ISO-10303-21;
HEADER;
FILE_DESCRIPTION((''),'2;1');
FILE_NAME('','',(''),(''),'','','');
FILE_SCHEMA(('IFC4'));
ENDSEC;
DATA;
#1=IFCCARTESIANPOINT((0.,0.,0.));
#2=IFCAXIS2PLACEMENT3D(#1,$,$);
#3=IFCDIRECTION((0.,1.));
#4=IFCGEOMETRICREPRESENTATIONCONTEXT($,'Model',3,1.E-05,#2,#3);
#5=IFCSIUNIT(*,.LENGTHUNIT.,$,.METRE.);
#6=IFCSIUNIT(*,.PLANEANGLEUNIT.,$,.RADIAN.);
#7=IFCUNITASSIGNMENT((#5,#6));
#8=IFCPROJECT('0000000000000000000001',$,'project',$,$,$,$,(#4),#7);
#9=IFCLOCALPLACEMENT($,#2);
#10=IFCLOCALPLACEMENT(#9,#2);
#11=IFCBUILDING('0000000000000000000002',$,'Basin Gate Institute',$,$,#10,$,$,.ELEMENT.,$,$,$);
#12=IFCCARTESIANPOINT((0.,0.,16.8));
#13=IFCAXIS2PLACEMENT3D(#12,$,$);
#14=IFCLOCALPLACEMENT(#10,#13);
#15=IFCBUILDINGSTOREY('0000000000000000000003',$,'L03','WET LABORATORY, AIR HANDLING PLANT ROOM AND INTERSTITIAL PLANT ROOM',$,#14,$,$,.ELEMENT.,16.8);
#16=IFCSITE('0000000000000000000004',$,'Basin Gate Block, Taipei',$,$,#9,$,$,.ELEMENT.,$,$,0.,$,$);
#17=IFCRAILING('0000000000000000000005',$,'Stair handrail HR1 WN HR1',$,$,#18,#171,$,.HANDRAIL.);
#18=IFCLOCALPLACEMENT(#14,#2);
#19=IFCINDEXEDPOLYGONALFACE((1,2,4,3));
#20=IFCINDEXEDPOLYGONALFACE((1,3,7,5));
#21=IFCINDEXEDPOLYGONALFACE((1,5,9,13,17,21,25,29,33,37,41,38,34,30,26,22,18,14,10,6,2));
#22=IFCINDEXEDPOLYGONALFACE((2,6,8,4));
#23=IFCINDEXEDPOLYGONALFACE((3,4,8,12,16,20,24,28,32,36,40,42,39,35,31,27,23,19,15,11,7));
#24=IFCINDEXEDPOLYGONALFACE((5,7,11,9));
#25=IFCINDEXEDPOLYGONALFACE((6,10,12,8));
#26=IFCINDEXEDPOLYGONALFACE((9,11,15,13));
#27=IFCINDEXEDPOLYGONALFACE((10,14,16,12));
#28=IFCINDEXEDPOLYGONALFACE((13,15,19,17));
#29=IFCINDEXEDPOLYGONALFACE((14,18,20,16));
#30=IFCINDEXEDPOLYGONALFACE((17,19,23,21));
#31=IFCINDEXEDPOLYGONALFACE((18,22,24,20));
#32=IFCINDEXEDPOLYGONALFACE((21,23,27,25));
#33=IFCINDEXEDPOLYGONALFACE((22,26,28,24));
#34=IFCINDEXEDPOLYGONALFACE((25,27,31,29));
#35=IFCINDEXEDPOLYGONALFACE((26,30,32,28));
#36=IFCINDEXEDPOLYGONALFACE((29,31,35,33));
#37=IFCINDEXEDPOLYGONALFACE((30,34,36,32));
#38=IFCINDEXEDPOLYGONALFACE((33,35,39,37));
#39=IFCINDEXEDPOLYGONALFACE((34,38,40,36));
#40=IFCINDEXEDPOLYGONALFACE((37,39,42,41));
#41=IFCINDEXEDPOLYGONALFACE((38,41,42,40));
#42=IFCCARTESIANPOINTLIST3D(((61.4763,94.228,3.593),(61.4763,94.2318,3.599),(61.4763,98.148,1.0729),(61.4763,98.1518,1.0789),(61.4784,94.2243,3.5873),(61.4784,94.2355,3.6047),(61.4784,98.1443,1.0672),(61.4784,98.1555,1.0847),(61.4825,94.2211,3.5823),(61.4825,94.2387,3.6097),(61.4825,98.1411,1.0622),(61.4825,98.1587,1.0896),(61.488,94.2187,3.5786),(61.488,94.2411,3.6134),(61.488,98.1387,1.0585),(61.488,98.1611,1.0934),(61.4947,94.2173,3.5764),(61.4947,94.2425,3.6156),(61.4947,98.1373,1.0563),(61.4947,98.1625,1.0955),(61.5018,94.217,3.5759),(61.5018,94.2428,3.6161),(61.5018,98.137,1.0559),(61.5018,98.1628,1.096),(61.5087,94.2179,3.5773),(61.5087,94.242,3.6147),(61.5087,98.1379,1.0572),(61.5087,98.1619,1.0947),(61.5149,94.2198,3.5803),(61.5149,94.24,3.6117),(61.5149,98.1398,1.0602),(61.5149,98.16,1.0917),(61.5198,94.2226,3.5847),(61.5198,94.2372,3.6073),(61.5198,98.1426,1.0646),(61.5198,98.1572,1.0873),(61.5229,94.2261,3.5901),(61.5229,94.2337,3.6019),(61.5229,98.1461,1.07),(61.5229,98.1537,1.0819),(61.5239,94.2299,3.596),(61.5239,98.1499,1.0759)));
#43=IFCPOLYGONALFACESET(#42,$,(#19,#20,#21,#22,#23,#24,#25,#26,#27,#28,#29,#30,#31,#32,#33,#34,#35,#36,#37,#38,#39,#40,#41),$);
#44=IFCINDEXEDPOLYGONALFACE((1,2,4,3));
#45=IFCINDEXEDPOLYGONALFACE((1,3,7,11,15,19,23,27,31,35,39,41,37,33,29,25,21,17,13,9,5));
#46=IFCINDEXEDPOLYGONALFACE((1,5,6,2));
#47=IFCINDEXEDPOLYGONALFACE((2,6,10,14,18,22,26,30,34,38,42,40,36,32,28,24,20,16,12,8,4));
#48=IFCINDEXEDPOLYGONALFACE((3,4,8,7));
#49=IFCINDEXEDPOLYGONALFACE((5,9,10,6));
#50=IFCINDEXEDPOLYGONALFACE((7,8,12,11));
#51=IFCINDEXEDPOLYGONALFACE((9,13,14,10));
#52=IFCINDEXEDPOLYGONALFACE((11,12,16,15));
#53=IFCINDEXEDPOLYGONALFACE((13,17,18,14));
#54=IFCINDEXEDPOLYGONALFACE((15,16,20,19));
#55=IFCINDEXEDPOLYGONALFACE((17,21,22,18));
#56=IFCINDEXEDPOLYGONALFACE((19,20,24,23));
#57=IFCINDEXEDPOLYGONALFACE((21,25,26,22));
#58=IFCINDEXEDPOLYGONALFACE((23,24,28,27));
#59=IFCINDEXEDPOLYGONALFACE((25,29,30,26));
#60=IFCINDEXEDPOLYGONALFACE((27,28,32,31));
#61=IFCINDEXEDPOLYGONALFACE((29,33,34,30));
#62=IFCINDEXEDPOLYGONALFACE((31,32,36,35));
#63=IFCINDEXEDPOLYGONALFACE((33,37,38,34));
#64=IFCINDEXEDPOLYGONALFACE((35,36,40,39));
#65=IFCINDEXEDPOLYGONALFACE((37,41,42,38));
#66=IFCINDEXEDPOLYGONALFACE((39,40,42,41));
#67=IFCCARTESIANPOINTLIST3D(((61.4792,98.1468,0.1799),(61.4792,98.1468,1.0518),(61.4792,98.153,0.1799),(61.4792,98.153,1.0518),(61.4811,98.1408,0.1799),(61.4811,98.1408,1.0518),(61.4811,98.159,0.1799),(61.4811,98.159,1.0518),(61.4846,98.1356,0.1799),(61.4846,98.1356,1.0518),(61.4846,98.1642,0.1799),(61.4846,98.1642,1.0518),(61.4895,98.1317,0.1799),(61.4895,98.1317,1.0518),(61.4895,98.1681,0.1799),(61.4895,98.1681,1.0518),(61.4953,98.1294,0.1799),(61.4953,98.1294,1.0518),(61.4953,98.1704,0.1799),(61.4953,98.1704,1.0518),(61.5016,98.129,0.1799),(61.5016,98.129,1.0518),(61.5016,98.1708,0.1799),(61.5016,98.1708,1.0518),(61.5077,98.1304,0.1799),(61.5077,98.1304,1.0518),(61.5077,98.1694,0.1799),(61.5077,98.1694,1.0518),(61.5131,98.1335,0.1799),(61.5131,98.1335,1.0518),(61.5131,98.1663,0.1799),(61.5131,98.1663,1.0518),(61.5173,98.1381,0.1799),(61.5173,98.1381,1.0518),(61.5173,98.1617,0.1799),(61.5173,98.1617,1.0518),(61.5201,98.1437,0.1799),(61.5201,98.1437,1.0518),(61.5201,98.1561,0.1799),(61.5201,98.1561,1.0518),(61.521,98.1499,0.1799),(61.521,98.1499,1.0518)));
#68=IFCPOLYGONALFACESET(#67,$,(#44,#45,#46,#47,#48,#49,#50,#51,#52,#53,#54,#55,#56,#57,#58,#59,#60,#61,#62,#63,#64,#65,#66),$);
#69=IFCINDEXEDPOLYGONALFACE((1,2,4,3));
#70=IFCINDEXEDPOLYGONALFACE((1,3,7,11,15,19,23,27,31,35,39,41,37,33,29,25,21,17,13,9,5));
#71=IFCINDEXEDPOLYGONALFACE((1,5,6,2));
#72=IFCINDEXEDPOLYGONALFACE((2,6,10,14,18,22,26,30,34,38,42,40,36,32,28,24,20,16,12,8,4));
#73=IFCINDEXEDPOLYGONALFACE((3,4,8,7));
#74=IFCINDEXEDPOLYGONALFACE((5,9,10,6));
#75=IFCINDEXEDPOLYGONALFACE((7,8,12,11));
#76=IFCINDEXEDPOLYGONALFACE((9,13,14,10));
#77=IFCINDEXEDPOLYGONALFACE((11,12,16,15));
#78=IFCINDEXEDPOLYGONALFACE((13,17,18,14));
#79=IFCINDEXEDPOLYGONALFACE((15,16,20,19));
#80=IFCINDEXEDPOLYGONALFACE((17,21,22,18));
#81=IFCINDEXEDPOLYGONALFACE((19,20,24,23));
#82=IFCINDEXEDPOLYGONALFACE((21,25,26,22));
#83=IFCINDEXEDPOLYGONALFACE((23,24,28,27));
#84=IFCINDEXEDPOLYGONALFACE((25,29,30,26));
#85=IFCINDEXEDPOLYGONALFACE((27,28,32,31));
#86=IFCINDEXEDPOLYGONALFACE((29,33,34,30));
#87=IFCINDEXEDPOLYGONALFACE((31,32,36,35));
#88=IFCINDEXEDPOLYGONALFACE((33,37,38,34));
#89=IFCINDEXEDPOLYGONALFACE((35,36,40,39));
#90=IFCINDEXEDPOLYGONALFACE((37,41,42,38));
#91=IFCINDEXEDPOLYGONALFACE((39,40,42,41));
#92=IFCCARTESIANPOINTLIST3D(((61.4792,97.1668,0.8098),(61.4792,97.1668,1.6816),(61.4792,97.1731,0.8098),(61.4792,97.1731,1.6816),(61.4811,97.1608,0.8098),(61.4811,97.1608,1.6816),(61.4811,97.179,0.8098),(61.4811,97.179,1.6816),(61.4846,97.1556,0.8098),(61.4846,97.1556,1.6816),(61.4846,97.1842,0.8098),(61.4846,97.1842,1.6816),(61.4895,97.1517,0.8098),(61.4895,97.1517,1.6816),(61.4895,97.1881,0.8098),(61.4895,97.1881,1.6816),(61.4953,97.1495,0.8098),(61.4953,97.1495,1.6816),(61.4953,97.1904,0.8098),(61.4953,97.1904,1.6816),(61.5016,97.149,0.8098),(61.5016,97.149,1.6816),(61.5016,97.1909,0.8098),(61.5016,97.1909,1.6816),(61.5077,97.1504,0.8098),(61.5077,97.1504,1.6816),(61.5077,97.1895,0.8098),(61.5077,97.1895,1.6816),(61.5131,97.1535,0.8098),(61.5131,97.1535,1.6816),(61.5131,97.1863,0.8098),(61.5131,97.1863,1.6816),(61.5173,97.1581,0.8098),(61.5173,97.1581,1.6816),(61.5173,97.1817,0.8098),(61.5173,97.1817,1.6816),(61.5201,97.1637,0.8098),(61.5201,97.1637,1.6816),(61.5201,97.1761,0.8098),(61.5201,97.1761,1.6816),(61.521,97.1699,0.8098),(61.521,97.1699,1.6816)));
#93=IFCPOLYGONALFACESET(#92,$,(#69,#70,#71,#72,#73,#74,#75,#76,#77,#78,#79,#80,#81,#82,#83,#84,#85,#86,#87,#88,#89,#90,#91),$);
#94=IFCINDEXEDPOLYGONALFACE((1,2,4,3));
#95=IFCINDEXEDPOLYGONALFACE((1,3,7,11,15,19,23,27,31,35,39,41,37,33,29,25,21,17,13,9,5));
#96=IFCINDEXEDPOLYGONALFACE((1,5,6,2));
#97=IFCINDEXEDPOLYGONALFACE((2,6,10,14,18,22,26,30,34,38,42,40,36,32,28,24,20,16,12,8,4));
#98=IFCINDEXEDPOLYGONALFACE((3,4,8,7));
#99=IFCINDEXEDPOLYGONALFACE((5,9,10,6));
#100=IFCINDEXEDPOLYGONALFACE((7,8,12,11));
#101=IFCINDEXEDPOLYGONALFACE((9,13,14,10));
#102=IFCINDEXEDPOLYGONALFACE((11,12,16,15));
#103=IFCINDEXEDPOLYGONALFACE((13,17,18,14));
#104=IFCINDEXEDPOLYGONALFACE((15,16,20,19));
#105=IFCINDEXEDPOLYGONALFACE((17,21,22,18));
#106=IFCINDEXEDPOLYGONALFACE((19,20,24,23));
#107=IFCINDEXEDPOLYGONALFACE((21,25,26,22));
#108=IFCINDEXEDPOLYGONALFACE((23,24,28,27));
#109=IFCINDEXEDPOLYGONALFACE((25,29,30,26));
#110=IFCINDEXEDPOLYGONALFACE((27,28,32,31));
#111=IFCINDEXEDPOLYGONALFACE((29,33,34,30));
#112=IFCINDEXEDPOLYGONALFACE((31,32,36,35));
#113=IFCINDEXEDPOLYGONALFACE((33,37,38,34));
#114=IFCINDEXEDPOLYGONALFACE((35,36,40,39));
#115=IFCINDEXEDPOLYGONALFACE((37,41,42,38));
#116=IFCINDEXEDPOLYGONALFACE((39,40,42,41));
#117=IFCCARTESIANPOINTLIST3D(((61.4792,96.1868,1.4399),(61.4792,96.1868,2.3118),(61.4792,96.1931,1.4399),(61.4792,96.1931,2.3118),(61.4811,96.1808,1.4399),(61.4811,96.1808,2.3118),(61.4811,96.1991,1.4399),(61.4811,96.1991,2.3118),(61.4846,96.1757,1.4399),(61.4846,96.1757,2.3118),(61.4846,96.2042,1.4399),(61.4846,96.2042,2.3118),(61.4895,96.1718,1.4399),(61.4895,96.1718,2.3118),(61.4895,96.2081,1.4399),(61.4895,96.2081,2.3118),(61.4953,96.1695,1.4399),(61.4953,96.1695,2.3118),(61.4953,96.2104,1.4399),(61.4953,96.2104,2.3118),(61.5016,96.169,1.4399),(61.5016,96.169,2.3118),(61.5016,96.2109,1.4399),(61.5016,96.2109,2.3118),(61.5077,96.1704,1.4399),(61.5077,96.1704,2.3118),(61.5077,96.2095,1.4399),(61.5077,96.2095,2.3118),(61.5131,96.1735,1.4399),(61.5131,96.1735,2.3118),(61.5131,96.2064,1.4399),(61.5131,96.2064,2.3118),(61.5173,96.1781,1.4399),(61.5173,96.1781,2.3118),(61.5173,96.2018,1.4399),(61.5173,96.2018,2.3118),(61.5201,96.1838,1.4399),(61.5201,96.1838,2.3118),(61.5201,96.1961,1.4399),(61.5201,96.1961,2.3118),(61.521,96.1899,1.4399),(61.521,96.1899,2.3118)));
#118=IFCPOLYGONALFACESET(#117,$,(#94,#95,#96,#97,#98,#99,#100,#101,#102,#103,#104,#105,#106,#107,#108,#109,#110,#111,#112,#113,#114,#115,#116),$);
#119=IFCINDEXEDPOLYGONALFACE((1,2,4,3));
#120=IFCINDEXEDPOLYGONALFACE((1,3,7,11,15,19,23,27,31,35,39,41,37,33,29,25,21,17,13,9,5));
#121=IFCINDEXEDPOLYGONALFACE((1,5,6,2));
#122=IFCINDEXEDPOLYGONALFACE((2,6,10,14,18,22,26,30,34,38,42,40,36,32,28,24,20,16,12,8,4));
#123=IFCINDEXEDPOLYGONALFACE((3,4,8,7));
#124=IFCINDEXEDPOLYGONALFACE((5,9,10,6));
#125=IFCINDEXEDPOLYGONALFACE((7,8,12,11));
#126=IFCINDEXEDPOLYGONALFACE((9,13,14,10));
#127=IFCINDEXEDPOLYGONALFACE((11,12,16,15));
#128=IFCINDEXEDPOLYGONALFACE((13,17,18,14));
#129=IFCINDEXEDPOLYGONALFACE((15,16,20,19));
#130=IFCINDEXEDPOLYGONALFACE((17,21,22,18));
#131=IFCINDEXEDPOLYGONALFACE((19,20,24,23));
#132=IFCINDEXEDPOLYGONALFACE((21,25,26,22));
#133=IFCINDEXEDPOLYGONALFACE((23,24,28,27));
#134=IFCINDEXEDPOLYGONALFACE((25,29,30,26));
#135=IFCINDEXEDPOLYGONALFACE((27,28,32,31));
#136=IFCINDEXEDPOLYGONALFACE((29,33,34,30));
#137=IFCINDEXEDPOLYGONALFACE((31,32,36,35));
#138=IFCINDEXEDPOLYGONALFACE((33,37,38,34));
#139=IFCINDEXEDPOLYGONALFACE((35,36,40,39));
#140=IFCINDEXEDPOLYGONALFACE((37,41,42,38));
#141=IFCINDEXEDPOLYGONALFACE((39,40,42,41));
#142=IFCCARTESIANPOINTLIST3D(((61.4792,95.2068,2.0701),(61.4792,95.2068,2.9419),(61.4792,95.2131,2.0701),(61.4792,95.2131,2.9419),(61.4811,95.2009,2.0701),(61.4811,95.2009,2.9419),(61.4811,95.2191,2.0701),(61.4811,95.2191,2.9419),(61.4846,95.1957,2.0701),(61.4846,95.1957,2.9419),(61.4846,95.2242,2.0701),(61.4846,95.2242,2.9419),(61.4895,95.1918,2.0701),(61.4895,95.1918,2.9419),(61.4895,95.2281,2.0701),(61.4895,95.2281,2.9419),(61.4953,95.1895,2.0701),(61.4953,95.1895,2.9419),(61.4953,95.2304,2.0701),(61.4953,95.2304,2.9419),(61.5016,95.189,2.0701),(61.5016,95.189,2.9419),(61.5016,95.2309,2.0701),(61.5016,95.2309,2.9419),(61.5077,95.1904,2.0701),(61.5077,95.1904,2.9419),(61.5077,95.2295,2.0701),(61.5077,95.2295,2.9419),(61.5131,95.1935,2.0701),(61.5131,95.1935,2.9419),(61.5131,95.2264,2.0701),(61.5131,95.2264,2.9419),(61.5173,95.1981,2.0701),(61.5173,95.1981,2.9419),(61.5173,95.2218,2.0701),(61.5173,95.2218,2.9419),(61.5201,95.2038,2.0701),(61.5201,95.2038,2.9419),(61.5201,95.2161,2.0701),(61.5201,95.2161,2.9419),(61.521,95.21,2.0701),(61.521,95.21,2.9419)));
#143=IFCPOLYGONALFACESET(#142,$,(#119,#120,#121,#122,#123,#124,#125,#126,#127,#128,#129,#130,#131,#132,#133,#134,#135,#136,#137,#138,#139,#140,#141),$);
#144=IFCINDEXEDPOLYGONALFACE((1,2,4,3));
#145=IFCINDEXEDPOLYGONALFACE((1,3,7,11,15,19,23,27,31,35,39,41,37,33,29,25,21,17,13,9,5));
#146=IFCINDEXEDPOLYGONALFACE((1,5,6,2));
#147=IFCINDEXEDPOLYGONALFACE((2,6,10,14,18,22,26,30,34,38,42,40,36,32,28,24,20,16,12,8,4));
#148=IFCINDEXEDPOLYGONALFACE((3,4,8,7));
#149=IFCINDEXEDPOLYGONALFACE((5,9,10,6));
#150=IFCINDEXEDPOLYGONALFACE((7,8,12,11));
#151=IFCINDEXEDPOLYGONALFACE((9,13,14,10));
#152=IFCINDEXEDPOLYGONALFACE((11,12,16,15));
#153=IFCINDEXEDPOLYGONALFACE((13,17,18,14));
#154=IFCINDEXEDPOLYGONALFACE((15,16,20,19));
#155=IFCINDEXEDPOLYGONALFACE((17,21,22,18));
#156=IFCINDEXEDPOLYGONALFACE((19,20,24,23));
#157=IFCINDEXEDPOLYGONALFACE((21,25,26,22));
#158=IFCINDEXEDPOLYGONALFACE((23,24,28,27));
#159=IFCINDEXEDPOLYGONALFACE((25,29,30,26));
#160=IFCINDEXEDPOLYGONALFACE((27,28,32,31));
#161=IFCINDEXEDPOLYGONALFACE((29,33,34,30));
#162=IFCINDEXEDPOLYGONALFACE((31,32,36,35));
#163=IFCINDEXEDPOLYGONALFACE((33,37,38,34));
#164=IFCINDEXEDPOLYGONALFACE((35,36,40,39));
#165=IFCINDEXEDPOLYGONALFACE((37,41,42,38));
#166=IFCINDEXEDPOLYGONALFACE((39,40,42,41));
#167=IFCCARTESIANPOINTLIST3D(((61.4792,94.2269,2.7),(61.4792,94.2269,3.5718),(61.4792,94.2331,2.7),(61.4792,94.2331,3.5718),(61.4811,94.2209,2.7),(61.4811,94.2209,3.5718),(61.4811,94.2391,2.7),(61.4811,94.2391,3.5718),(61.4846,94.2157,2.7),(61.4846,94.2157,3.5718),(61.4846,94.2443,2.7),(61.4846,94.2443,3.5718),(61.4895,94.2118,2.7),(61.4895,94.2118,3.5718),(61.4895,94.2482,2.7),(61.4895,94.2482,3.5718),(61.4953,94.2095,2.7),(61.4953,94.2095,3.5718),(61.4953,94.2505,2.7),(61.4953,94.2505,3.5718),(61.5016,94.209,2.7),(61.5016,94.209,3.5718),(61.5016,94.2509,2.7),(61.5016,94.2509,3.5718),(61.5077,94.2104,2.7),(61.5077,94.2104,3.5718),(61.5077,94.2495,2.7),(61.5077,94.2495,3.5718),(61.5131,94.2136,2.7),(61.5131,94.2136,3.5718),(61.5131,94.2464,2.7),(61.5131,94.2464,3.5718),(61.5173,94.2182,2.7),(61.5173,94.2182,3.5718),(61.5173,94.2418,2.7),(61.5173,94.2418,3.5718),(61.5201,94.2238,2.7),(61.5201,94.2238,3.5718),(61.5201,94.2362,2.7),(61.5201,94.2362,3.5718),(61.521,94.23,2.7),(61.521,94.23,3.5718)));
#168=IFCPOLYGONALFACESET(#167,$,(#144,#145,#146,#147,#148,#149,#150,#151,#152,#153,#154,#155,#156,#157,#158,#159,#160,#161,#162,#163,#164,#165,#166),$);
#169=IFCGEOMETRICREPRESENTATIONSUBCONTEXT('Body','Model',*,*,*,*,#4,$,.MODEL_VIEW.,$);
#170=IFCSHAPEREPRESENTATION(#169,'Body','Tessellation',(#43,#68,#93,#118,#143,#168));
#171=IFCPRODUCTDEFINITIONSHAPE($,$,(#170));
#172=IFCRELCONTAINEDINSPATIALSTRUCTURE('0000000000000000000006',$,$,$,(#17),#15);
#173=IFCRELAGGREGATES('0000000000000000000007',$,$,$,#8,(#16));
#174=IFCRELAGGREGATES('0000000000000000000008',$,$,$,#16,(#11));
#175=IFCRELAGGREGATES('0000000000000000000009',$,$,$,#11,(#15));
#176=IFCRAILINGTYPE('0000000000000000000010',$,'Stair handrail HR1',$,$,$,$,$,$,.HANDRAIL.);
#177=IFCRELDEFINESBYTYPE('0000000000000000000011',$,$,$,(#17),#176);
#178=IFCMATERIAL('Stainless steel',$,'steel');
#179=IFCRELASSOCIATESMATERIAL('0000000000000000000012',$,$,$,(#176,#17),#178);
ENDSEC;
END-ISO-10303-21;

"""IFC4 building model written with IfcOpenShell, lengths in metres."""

from ifc_helpers import new_model, si_unit, direction, frame, origin, origin_2d, place, context, subcontext, project, spatial, circle, extrude, material, type_object, element, save


model = new_model("IFC4")

# Units and contexts
model_context = context("Model", 3, precision=1e-05, world=origin(), true_north=direction((0.0, 1.0)))
body_context = subcontext(model_context, "Body", "Model", "MODEL_VIEW")
ifc_project = project(units=[si_unit("LENGTHUNIT", "METRE"), si_unit("PLANEANGLEUNIT", "RADIAN")], contexts=[model_context])

# Site, building, storey
site_placement = place(None, origin())
site = spatial("IfcSite", under=ifc_project, at=site_placement, Name="Basin Gate Block, Taipei", CompositionType="ELEMENT", RefElevation=0.0)
building_placement = place(site_placement, origin())
building = spatial("IfcBuilding", under=site, at=building_placement, Name="Basin Gate Institute", CompositionType="ELEMENT")
storey_placement = place(building_placement, frame((0.0, 0.0, 16.8)))
storey = spatial("IfcBuildingStorey", under=building, at=storey_placement, Name="L03", Description="WET LABORATORY, AIR HANDLING PLANT ROOM AND INTERSTITIAL PLANT ROOM", CompositionType="ELEMENT", Elevation=16.8)

# Railing
ifc_material_1 = material(Name="Stainless steel", Category="steel")
railing_type_1 = type_object("IfcRailingType", Name="Stair handrail HR1", PredefinedType="HANDRAIL", material=ifc_material_1)
for number, where, name in (
    (1, (61.5, 98.1499, 0.1799), "Stair handrail HR1 WN HR1"),
):
    element("IfcRailing", number, at=place(storey_placement, frame(where)), inside=storey, type_object=railing_type_1, material=ifc_material_1, Name=name, PredefinedType="HANDRAIL", context=body_context, shape_type="SweptSolid", body=[
        extrude(circle(Radius=0.0239, at=origin_2d()), frame((0.0, 0.0, 0.896), z_axis=(0.0, -0.841172, 0.540768), x_axis=(1.0, 0.0, 0.0)), (0.0, 0.0, 1.0), 4.6602),
        extrude(circle(Radius=0.021, at=origin_2d()), origin(), (0.0, 0.0, 1.0), 0.8718),
        extrude(circle(Radius=0.021, at=origin_2d()), frame((0.0, -0.98, 0.6299)), (0.0, 0.0, 1.0), 0.8718),
        extrude(circle(Radius=0.021, at=origin_2d()), frame((0.0, -1.96, 1.26)), (0.0, 0.0, 1.0), 0.8718),
        extrude(circle(Radius=0.021, at=origin_2d()), frame((0.0, -2.9399, 1.8901)), (0.0, 0.0, 1.0), 0.8718),
        extrude(circle(Radius=0.021, at=origin_2d()), frame((0.0, -3.9199, 2.52)), (0.0, 0.0, 1.0), 0.8718),
    ])

save(model, "model.ifc")
